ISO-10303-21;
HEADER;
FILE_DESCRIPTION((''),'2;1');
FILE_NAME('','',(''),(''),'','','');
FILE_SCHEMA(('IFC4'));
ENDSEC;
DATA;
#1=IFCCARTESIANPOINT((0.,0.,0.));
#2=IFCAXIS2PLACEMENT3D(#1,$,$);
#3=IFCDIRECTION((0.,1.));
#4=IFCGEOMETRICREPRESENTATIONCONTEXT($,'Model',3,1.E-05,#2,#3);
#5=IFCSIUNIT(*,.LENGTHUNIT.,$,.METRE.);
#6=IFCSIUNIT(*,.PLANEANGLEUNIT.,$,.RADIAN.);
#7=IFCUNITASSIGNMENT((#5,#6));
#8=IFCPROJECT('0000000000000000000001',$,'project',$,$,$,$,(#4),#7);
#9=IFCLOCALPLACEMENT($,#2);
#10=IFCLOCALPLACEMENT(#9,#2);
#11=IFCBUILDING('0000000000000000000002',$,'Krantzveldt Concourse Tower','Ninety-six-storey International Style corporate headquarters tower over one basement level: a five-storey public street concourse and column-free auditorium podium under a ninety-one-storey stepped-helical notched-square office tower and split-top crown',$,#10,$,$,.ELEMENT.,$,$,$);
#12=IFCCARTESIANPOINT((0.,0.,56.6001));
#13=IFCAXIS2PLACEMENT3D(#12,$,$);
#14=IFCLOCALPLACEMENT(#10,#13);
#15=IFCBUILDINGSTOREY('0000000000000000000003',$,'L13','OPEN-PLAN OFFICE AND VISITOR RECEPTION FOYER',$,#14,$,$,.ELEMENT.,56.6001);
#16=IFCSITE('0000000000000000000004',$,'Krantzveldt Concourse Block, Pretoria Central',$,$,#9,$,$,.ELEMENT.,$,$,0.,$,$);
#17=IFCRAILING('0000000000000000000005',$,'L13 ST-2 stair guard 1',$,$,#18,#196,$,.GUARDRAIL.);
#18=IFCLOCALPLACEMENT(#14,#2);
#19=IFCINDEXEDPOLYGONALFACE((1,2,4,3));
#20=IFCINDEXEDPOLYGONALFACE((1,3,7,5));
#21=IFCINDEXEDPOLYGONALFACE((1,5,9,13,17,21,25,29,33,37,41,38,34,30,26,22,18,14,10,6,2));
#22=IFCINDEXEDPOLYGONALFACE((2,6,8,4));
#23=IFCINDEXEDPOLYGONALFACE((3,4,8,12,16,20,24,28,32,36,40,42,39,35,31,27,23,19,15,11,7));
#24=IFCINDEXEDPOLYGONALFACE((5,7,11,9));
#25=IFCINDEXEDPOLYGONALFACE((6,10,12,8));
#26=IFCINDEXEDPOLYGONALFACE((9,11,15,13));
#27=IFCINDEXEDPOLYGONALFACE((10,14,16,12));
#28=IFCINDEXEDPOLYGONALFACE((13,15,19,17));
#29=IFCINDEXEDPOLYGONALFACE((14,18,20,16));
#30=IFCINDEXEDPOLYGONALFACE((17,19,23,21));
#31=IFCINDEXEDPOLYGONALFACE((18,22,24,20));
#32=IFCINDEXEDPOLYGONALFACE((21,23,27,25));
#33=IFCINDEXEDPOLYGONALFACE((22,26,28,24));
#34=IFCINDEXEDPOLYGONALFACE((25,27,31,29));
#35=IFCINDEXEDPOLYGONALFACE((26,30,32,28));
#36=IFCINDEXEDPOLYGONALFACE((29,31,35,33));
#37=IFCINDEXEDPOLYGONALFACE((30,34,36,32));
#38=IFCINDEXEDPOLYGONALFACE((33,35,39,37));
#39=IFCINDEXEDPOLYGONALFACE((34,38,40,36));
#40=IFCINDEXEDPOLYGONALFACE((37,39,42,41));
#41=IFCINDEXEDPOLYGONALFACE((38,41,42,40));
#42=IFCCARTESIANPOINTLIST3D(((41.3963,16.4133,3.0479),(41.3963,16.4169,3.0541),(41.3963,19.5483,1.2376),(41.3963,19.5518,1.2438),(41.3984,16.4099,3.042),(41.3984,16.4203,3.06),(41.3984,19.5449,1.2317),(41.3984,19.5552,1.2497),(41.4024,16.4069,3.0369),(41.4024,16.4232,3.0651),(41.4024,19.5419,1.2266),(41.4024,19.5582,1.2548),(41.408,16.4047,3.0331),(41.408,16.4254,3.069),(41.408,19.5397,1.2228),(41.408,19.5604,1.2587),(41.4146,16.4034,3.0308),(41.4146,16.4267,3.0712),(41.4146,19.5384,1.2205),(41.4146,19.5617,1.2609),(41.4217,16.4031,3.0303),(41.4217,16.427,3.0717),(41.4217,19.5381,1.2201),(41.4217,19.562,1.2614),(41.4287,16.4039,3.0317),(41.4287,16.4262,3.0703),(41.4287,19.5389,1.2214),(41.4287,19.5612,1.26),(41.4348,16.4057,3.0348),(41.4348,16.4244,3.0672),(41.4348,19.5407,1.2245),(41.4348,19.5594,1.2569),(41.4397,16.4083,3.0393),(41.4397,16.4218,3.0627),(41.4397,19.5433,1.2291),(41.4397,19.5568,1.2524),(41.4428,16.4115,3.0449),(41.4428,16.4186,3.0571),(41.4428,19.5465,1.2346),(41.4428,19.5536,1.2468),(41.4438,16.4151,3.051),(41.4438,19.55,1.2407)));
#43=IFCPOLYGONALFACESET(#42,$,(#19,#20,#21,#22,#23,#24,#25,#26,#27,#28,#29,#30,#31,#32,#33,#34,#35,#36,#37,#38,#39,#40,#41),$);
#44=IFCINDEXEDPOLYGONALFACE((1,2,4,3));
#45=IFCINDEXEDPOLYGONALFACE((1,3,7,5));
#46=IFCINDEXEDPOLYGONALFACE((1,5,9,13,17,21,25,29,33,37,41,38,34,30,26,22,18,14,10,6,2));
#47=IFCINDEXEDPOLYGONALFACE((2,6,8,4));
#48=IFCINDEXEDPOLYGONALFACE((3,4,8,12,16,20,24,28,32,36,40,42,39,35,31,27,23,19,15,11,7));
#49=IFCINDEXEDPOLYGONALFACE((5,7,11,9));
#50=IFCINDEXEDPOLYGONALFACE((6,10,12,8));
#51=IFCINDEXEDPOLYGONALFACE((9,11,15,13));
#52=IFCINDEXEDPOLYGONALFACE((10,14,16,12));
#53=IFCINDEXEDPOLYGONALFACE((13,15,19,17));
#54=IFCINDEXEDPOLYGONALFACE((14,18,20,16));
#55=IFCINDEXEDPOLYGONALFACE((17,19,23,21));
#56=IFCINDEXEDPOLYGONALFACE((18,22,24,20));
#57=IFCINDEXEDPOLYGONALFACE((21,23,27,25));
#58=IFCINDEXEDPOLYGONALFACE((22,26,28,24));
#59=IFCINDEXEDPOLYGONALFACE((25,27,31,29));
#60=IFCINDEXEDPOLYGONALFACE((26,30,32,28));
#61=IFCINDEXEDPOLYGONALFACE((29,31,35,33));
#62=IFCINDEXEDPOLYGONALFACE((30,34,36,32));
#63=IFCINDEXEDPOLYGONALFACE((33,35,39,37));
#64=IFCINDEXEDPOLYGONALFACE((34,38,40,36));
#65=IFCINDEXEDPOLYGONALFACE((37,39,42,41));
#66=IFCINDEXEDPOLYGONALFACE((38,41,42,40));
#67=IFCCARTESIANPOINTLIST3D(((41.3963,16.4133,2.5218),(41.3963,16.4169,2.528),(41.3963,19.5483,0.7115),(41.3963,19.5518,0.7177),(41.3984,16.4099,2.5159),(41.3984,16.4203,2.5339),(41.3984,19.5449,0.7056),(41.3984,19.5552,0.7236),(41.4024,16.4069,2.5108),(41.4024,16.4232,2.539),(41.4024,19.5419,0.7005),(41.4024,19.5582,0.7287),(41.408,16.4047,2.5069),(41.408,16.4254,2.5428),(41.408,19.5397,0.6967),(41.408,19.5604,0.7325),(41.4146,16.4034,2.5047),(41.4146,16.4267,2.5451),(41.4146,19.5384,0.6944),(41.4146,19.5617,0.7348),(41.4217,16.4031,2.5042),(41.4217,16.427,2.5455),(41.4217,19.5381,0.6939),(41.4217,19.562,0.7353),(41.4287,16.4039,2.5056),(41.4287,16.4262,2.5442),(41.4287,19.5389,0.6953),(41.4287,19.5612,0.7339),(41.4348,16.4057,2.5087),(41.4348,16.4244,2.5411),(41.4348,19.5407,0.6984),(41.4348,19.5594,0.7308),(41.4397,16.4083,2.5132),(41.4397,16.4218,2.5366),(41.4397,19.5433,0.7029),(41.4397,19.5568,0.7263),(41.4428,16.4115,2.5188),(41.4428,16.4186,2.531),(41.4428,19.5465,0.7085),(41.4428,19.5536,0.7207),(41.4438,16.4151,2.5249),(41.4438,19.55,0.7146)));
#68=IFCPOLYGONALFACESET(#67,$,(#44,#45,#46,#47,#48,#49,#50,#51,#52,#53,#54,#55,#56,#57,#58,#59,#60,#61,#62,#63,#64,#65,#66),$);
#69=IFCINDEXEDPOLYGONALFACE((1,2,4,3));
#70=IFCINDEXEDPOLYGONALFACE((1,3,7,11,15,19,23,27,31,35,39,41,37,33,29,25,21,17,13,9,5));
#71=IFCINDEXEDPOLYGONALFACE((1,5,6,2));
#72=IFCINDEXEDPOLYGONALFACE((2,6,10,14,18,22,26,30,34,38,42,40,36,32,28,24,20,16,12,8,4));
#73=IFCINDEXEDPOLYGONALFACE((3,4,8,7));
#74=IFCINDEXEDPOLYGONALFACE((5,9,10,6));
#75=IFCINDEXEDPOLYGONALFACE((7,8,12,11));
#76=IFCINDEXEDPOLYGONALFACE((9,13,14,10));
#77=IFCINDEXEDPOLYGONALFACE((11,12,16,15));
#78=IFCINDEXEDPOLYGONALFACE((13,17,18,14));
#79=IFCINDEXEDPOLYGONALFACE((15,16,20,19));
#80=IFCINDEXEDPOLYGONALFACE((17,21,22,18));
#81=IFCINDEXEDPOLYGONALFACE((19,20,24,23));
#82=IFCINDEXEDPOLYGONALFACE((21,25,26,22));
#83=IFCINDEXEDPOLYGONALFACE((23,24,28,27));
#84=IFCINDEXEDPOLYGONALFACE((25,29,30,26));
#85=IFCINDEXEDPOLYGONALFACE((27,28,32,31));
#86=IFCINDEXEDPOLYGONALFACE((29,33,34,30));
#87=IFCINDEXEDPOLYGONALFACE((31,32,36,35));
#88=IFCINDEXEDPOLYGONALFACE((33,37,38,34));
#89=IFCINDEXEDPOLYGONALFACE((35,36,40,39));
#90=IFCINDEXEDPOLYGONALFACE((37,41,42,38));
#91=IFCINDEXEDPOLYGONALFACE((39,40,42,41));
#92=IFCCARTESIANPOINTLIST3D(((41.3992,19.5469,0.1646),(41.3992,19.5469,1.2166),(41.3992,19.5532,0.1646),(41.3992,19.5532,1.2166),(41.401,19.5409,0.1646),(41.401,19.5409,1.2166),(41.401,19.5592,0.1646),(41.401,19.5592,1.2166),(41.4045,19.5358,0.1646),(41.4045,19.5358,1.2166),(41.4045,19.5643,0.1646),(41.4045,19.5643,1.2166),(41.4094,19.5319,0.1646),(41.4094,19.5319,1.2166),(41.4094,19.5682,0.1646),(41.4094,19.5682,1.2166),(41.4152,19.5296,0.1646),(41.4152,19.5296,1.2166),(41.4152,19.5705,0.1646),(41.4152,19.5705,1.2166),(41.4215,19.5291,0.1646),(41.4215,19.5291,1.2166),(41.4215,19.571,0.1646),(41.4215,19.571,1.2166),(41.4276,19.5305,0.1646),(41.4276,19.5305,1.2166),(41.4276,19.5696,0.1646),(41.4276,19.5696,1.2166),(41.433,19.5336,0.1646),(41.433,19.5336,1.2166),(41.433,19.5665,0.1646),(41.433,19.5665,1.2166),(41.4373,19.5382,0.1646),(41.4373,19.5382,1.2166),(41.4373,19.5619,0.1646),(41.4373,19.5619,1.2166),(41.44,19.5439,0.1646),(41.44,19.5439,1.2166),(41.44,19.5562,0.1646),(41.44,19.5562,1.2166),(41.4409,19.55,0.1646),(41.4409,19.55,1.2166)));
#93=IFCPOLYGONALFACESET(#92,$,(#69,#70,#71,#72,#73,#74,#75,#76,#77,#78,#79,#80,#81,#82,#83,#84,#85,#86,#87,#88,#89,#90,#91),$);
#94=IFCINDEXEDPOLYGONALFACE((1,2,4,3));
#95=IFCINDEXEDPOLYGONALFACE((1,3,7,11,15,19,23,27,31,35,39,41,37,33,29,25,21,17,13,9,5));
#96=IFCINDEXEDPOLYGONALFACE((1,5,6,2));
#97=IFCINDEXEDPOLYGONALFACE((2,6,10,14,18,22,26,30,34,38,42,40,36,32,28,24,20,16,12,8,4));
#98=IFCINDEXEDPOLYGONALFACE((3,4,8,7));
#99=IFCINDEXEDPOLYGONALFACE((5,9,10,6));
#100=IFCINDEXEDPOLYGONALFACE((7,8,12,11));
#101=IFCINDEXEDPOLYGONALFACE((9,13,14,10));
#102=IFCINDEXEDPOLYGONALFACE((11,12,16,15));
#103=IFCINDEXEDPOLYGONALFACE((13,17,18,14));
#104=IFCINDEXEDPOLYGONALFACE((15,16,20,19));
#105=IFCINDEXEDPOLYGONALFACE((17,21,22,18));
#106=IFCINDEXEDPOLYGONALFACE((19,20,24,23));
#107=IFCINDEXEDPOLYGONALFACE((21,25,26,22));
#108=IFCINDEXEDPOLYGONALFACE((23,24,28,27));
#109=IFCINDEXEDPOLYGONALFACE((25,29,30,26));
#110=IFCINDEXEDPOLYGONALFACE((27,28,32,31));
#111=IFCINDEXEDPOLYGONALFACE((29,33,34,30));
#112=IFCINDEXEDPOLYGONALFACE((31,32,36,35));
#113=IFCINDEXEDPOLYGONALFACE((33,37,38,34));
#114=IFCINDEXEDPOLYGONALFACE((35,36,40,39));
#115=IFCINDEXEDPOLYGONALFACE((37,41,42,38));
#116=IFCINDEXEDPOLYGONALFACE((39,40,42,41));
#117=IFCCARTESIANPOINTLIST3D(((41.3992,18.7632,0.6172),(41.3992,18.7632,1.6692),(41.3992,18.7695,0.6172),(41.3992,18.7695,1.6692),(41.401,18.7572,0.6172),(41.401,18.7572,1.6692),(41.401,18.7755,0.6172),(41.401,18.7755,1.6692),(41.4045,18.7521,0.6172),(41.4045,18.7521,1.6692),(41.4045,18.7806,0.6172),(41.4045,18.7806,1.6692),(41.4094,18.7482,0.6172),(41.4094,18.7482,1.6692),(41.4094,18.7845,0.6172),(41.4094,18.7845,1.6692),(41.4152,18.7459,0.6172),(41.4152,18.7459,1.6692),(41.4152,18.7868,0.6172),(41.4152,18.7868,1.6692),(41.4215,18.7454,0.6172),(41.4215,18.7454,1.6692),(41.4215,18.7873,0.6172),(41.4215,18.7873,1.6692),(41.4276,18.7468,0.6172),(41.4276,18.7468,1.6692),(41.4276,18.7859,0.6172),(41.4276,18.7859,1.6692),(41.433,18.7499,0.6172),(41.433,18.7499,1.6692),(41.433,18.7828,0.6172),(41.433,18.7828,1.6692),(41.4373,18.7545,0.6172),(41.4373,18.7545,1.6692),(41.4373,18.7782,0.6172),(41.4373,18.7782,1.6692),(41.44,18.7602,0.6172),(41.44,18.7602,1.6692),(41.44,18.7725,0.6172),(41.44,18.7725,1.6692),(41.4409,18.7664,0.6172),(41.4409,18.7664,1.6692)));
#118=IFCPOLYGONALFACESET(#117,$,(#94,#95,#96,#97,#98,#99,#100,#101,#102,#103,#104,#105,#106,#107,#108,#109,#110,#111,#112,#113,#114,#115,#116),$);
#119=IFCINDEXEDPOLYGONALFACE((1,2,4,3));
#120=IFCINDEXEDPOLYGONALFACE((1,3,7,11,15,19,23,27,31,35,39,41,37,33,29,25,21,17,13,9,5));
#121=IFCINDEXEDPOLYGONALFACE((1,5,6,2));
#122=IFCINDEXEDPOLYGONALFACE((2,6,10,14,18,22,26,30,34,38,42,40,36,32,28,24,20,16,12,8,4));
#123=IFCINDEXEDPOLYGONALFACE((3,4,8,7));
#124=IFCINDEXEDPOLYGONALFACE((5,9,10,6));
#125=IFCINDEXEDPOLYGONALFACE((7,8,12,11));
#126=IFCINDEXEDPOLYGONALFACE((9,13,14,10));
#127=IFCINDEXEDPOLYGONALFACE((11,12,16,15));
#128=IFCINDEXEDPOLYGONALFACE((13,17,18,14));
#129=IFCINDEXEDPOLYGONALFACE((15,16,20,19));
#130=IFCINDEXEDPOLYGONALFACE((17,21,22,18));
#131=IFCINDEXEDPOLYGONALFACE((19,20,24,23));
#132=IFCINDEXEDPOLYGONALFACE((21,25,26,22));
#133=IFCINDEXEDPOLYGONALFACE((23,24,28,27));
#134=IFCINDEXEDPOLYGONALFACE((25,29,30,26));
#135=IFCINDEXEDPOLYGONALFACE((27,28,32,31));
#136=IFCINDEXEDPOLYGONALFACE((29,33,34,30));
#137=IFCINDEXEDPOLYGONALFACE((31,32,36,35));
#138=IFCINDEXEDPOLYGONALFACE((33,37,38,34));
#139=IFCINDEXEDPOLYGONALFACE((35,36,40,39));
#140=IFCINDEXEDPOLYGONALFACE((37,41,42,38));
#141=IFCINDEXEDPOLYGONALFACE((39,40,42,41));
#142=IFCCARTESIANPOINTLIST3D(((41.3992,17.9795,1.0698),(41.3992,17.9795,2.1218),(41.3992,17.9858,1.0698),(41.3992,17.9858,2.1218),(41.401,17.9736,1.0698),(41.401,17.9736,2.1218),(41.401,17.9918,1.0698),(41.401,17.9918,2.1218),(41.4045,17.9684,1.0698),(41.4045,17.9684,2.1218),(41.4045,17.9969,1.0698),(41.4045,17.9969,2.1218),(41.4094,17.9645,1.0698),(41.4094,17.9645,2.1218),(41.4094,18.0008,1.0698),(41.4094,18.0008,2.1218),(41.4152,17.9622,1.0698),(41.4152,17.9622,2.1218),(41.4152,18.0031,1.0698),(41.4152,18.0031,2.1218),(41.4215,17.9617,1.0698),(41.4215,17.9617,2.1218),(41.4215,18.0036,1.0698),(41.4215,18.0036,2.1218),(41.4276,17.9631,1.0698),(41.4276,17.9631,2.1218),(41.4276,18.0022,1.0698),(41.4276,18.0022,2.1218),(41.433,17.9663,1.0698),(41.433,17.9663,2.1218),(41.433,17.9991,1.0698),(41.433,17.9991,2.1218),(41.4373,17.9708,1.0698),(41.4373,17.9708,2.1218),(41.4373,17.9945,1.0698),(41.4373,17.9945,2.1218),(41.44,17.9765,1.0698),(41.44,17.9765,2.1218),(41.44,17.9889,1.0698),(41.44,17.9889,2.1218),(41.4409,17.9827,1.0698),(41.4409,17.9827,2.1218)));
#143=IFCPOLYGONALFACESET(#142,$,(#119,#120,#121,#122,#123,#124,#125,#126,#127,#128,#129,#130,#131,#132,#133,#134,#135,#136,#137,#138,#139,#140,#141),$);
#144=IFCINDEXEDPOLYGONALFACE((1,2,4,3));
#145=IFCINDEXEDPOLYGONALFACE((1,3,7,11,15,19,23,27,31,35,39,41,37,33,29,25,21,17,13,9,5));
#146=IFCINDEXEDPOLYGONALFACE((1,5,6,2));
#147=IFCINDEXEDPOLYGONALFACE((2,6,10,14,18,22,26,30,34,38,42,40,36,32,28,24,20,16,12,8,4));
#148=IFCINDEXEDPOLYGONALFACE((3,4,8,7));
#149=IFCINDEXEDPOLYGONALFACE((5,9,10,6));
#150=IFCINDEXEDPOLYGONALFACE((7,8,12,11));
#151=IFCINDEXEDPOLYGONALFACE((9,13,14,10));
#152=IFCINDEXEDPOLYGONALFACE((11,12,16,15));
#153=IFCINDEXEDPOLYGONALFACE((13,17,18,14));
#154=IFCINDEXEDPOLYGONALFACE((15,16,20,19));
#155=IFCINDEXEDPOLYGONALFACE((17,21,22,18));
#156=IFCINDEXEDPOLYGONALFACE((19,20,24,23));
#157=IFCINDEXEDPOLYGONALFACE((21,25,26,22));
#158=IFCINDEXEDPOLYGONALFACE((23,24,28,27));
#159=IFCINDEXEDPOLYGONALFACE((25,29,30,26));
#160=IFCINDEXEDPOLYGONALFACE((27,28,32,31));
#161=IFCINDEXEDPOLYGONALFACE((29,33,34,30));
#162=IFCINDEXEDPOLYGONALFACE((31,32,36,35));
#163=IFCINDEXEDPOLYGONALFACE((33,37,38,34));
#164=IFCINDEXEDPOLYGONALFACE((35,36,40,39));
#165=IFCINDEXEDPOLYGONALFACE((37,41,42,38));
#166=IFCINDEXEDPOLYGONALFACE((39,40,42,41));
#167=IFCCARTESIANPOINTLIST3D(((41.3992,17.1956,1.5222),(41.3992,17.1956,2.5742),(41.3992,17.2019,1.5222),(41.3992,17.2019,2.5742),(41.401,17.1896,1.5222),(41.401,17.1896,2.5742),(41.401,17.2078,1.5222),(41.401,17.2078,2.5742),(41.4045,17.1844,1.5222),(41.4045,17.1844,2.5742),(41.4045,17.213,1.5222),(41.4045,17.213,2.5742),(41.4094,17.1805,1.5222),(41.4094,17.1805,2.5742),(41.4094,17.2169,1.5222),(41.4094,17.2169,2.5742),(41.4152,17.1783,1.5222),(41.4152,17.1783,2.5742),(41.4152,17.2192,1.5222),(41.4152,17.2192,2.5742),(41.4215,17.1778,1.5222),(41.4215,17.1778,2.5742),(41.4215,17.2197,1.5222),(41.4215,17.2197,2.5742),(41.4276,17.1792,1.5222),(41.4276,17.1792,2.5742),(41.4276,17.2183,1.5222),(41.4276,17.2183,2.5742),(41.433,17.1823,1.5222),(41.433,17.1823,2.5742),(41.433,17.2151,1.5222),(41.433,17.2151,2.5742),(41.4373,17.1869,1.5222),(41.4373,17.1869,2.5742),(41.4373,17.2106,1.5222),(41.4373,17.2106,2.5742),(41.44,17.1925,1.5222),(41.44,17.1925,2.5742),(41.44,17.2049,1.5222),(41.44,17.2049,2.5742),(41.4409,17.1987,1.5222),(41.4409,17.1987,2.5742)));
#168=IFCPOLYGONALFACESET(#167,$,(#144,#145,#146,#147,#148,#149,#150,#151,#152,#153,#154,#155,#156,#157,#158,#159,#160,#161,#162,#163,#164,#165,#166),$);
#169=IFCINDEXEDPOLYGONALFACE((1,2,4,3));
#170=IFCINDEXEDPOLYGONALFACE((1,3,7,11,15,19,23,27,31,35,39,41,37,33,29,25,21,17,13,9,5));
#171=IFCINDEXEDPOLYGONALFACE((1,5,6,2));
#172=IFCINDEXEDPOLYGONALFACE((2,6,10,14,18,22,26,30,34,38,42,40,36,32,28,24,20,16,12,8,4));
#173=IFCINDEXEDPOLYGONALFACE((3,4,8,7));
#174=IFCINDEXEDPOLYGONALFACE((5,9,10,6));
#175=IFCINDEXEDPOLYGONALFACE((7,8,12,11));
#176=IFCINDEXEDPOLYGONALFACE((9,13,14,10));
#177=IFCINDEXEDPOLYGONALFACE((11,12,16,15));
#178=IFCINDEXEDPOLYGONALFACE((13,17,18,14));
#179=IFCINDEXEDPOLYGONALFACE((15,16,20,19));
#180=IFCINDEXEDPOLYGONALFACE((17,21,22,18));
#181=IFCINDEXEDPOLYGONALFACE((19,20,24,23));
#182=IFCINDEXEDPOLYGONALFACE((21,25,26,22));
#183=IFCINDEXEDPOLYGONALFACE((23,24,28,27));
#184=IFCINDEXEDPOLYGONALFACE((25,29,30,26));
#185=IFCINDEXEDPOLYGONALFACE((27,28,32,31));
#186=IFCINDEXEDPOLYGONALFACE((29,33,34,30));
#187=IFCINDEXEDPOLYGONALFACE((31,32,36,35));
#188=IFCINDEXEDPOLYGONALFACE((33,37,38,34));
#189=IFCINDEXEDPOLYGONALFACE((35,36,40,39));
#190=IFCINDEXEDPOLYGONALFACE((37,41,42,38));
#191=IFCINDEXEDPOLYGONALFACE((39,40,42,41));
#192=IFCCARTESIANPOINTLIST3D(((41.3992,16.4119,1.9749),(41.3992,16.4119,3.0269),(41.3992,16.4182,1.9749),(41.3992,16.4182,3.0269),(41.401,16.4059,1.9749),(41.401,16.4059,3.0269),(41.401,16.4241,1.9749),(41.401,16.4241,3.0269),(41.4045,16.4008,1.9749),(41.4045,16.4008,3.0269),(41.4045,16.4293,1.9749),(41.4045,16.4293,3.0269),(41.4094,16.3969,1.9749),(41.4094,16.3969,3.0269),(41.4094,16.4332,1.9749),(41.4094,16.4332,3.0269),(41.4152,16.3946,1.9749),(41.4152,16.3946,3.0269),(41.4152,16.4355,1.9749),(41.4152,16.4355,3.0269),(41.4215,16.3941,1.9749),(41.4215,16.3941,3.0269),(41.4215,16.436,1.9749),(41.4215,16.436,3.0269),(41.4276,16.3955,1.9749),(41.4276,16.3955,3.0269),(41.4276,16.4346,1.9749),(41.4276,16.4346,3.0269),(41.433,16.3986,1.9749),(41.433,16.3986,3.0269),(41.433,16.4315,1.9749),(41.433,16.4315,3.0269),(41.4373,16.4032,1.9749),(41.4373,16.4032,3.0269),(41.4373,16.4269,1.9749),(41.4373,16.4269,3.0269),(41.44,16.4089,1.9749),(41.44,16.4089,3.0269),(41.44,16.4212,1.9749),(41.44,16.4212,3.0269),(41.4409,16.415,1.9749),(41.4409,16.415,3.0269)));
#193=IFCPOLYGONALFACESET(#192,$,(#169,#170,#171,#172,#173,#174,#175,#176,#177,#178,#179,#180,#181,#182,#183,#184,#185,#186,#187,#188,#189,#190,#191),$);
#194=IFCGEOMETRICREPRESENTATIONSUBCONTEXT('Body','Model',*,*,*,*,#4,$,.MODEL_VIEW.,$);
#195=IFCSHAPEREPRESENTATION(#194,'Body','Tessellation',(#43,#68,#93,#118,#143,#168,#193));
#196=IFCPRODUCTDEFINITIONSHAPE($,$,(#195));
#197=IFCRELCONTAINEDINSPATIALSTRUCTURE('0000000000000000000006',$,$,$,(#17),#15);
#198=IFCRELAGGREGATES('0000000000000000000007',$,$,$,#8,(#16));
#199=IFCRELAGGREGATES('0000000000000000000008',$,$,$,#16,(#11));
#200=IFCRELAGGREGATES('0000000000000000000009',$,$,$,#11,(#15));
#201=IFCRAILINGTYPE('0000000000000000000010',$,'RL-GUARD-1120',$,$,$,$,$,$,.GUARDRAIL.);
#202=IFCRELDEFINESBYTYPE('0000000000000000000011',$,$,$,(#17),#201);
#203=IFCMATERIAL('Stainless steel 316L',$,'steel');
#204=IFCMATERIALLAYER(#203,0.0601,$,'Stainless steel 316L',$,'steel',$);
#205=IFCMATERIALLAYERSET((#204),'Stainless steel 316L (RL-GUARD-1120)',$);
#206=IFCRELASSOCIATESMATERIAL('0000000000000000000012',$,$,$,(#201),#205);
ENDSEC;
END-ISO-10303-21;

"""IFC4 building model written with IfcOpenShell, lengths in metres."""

from ifc_helpers import new_model, si_unit, direction, frame, origin, origin_2d, place, context, subcontext, project, spatial, circle, extrude, material, layer, layer_set, type_object, element, save


model = new_model("IFC4")

# Units and contexts
model_context = context("Model", 3, precision=1e-05, world=origin(), true_north=direction((0.0, 1.0)))
body_context = subcontext(model_context, "Body", "Model", "MODEL_VIEW")
ifc_project = project(units=[si_unit("LENGTHUNIT", "METRE"), si_unit("PLANEANGLEUNIT", "RADIAN")], contexts=[model_context])

# Site, building, storey
site_placement = place(None, origin())
site = spatial("IfcSite", under=ifc_project, at=site_placement, Name="Krantzveldt Concourse Block, Pretoria Central", CompositionType="ELEMENT", RefElevation=0.0)
building_placement = place(site_placement, origin())
building = spatial("IfcBuilding", under=site, at=building_placement, Name="Krantzveldt Concourse Tower", Description="Ninety-six-storey International Style corporate headquarters tower over one basement level: a five-storey public street concourse and column-free auditorium podium under a ninety-one-storey stepped-helical notched-square office tower and split-top crown", CompositionType="ELEMENT")
storey_placement = place(building_placement, frame((0.0, 0.0, 56.6001)))
storey = spatial("IfcBuildingStorey", under=building, at=storey_placement, Name="L13", Description="OPEN-PLAN OFFICE AND VISITOR RECEPTION FOYER", CompositionType="ELEMENT", Elevation=56.6001)

# Shared definitions
ifc_material_1 = material(Name="Stainless steel 316L", Category="steel")

# Railing
ifc_layer_1 = layer(ifc_material_1, 0.0601, Name="Stainless steel 316L", Category="steel")
ifc_layer_set_1 = layer_set([ifc_layer_1], Name="Stainless steel 316L (RL-GUARD-1120)")
railing_type_1 = type_object("IfcRailingType", Name="RL-GUARD-1120", PredefinedType="GUARDRAIL", material=ifc_layer_set_1)
railing_1_placement = place(storey_placement, frame((41.4199, 19.55, 0.1646)))
element("IfcRailing", 1, at=railing_1_placement, inside=storey, type_object=railing_type_1, Name="L13 ST-2 stair guard 1", PredefinedType="GUARDRAIL", context=body_context, shape_type="SweptSolid", body=[
    extrude(circle(Radius=0.0239, at=origin_2d()), frame((0.0, 0.0, 1.0762), z_axis=(0.0, -0.865989, 0.500063), x_axis=(1.0, 0.0, 0.0)), (0.0, 0.0, 1.0), 3.6201),
    extrude(circle(Radius=0.0239, at=origin_2d()), frame((0.0, 0.0, 0.55), z_axis=(0.0, -0.865989, 0.500063), x_axis=(1.0, 0.0, 0.0)), (0.0, 0.0, 1.0), 3.6201),
    extrude(circle(Radius=0.021, at=origin_2d()), origin(), (0.0, 0.0, 1.0), 1.052),
    extrude(circle(Radius=0.021, at=origin_2d()), frame((0.0, -0.7837, 0.4526)), (0.0, 0.0, 1.0), 1.052),
    extrude(circle(Radius=0.021, at=origin_2d()), frame((0.0, -1.5674, 0.9053)), (0.0, 0.0, 1.0), 1.052),
    extrude(circle(Radius=0.021, at=origin_2d()), frame((0.0, -2.3513, 1.3577)), (0.0, 0.0, 1.0), 1.052),
    extrude(circle(Radius=0.021, at=origin_2d()), frame((0.0, -3.135, 1.8103)), (0.0, 0.0, 1.0), 1.052),
])

save(model, "model.ifc")
